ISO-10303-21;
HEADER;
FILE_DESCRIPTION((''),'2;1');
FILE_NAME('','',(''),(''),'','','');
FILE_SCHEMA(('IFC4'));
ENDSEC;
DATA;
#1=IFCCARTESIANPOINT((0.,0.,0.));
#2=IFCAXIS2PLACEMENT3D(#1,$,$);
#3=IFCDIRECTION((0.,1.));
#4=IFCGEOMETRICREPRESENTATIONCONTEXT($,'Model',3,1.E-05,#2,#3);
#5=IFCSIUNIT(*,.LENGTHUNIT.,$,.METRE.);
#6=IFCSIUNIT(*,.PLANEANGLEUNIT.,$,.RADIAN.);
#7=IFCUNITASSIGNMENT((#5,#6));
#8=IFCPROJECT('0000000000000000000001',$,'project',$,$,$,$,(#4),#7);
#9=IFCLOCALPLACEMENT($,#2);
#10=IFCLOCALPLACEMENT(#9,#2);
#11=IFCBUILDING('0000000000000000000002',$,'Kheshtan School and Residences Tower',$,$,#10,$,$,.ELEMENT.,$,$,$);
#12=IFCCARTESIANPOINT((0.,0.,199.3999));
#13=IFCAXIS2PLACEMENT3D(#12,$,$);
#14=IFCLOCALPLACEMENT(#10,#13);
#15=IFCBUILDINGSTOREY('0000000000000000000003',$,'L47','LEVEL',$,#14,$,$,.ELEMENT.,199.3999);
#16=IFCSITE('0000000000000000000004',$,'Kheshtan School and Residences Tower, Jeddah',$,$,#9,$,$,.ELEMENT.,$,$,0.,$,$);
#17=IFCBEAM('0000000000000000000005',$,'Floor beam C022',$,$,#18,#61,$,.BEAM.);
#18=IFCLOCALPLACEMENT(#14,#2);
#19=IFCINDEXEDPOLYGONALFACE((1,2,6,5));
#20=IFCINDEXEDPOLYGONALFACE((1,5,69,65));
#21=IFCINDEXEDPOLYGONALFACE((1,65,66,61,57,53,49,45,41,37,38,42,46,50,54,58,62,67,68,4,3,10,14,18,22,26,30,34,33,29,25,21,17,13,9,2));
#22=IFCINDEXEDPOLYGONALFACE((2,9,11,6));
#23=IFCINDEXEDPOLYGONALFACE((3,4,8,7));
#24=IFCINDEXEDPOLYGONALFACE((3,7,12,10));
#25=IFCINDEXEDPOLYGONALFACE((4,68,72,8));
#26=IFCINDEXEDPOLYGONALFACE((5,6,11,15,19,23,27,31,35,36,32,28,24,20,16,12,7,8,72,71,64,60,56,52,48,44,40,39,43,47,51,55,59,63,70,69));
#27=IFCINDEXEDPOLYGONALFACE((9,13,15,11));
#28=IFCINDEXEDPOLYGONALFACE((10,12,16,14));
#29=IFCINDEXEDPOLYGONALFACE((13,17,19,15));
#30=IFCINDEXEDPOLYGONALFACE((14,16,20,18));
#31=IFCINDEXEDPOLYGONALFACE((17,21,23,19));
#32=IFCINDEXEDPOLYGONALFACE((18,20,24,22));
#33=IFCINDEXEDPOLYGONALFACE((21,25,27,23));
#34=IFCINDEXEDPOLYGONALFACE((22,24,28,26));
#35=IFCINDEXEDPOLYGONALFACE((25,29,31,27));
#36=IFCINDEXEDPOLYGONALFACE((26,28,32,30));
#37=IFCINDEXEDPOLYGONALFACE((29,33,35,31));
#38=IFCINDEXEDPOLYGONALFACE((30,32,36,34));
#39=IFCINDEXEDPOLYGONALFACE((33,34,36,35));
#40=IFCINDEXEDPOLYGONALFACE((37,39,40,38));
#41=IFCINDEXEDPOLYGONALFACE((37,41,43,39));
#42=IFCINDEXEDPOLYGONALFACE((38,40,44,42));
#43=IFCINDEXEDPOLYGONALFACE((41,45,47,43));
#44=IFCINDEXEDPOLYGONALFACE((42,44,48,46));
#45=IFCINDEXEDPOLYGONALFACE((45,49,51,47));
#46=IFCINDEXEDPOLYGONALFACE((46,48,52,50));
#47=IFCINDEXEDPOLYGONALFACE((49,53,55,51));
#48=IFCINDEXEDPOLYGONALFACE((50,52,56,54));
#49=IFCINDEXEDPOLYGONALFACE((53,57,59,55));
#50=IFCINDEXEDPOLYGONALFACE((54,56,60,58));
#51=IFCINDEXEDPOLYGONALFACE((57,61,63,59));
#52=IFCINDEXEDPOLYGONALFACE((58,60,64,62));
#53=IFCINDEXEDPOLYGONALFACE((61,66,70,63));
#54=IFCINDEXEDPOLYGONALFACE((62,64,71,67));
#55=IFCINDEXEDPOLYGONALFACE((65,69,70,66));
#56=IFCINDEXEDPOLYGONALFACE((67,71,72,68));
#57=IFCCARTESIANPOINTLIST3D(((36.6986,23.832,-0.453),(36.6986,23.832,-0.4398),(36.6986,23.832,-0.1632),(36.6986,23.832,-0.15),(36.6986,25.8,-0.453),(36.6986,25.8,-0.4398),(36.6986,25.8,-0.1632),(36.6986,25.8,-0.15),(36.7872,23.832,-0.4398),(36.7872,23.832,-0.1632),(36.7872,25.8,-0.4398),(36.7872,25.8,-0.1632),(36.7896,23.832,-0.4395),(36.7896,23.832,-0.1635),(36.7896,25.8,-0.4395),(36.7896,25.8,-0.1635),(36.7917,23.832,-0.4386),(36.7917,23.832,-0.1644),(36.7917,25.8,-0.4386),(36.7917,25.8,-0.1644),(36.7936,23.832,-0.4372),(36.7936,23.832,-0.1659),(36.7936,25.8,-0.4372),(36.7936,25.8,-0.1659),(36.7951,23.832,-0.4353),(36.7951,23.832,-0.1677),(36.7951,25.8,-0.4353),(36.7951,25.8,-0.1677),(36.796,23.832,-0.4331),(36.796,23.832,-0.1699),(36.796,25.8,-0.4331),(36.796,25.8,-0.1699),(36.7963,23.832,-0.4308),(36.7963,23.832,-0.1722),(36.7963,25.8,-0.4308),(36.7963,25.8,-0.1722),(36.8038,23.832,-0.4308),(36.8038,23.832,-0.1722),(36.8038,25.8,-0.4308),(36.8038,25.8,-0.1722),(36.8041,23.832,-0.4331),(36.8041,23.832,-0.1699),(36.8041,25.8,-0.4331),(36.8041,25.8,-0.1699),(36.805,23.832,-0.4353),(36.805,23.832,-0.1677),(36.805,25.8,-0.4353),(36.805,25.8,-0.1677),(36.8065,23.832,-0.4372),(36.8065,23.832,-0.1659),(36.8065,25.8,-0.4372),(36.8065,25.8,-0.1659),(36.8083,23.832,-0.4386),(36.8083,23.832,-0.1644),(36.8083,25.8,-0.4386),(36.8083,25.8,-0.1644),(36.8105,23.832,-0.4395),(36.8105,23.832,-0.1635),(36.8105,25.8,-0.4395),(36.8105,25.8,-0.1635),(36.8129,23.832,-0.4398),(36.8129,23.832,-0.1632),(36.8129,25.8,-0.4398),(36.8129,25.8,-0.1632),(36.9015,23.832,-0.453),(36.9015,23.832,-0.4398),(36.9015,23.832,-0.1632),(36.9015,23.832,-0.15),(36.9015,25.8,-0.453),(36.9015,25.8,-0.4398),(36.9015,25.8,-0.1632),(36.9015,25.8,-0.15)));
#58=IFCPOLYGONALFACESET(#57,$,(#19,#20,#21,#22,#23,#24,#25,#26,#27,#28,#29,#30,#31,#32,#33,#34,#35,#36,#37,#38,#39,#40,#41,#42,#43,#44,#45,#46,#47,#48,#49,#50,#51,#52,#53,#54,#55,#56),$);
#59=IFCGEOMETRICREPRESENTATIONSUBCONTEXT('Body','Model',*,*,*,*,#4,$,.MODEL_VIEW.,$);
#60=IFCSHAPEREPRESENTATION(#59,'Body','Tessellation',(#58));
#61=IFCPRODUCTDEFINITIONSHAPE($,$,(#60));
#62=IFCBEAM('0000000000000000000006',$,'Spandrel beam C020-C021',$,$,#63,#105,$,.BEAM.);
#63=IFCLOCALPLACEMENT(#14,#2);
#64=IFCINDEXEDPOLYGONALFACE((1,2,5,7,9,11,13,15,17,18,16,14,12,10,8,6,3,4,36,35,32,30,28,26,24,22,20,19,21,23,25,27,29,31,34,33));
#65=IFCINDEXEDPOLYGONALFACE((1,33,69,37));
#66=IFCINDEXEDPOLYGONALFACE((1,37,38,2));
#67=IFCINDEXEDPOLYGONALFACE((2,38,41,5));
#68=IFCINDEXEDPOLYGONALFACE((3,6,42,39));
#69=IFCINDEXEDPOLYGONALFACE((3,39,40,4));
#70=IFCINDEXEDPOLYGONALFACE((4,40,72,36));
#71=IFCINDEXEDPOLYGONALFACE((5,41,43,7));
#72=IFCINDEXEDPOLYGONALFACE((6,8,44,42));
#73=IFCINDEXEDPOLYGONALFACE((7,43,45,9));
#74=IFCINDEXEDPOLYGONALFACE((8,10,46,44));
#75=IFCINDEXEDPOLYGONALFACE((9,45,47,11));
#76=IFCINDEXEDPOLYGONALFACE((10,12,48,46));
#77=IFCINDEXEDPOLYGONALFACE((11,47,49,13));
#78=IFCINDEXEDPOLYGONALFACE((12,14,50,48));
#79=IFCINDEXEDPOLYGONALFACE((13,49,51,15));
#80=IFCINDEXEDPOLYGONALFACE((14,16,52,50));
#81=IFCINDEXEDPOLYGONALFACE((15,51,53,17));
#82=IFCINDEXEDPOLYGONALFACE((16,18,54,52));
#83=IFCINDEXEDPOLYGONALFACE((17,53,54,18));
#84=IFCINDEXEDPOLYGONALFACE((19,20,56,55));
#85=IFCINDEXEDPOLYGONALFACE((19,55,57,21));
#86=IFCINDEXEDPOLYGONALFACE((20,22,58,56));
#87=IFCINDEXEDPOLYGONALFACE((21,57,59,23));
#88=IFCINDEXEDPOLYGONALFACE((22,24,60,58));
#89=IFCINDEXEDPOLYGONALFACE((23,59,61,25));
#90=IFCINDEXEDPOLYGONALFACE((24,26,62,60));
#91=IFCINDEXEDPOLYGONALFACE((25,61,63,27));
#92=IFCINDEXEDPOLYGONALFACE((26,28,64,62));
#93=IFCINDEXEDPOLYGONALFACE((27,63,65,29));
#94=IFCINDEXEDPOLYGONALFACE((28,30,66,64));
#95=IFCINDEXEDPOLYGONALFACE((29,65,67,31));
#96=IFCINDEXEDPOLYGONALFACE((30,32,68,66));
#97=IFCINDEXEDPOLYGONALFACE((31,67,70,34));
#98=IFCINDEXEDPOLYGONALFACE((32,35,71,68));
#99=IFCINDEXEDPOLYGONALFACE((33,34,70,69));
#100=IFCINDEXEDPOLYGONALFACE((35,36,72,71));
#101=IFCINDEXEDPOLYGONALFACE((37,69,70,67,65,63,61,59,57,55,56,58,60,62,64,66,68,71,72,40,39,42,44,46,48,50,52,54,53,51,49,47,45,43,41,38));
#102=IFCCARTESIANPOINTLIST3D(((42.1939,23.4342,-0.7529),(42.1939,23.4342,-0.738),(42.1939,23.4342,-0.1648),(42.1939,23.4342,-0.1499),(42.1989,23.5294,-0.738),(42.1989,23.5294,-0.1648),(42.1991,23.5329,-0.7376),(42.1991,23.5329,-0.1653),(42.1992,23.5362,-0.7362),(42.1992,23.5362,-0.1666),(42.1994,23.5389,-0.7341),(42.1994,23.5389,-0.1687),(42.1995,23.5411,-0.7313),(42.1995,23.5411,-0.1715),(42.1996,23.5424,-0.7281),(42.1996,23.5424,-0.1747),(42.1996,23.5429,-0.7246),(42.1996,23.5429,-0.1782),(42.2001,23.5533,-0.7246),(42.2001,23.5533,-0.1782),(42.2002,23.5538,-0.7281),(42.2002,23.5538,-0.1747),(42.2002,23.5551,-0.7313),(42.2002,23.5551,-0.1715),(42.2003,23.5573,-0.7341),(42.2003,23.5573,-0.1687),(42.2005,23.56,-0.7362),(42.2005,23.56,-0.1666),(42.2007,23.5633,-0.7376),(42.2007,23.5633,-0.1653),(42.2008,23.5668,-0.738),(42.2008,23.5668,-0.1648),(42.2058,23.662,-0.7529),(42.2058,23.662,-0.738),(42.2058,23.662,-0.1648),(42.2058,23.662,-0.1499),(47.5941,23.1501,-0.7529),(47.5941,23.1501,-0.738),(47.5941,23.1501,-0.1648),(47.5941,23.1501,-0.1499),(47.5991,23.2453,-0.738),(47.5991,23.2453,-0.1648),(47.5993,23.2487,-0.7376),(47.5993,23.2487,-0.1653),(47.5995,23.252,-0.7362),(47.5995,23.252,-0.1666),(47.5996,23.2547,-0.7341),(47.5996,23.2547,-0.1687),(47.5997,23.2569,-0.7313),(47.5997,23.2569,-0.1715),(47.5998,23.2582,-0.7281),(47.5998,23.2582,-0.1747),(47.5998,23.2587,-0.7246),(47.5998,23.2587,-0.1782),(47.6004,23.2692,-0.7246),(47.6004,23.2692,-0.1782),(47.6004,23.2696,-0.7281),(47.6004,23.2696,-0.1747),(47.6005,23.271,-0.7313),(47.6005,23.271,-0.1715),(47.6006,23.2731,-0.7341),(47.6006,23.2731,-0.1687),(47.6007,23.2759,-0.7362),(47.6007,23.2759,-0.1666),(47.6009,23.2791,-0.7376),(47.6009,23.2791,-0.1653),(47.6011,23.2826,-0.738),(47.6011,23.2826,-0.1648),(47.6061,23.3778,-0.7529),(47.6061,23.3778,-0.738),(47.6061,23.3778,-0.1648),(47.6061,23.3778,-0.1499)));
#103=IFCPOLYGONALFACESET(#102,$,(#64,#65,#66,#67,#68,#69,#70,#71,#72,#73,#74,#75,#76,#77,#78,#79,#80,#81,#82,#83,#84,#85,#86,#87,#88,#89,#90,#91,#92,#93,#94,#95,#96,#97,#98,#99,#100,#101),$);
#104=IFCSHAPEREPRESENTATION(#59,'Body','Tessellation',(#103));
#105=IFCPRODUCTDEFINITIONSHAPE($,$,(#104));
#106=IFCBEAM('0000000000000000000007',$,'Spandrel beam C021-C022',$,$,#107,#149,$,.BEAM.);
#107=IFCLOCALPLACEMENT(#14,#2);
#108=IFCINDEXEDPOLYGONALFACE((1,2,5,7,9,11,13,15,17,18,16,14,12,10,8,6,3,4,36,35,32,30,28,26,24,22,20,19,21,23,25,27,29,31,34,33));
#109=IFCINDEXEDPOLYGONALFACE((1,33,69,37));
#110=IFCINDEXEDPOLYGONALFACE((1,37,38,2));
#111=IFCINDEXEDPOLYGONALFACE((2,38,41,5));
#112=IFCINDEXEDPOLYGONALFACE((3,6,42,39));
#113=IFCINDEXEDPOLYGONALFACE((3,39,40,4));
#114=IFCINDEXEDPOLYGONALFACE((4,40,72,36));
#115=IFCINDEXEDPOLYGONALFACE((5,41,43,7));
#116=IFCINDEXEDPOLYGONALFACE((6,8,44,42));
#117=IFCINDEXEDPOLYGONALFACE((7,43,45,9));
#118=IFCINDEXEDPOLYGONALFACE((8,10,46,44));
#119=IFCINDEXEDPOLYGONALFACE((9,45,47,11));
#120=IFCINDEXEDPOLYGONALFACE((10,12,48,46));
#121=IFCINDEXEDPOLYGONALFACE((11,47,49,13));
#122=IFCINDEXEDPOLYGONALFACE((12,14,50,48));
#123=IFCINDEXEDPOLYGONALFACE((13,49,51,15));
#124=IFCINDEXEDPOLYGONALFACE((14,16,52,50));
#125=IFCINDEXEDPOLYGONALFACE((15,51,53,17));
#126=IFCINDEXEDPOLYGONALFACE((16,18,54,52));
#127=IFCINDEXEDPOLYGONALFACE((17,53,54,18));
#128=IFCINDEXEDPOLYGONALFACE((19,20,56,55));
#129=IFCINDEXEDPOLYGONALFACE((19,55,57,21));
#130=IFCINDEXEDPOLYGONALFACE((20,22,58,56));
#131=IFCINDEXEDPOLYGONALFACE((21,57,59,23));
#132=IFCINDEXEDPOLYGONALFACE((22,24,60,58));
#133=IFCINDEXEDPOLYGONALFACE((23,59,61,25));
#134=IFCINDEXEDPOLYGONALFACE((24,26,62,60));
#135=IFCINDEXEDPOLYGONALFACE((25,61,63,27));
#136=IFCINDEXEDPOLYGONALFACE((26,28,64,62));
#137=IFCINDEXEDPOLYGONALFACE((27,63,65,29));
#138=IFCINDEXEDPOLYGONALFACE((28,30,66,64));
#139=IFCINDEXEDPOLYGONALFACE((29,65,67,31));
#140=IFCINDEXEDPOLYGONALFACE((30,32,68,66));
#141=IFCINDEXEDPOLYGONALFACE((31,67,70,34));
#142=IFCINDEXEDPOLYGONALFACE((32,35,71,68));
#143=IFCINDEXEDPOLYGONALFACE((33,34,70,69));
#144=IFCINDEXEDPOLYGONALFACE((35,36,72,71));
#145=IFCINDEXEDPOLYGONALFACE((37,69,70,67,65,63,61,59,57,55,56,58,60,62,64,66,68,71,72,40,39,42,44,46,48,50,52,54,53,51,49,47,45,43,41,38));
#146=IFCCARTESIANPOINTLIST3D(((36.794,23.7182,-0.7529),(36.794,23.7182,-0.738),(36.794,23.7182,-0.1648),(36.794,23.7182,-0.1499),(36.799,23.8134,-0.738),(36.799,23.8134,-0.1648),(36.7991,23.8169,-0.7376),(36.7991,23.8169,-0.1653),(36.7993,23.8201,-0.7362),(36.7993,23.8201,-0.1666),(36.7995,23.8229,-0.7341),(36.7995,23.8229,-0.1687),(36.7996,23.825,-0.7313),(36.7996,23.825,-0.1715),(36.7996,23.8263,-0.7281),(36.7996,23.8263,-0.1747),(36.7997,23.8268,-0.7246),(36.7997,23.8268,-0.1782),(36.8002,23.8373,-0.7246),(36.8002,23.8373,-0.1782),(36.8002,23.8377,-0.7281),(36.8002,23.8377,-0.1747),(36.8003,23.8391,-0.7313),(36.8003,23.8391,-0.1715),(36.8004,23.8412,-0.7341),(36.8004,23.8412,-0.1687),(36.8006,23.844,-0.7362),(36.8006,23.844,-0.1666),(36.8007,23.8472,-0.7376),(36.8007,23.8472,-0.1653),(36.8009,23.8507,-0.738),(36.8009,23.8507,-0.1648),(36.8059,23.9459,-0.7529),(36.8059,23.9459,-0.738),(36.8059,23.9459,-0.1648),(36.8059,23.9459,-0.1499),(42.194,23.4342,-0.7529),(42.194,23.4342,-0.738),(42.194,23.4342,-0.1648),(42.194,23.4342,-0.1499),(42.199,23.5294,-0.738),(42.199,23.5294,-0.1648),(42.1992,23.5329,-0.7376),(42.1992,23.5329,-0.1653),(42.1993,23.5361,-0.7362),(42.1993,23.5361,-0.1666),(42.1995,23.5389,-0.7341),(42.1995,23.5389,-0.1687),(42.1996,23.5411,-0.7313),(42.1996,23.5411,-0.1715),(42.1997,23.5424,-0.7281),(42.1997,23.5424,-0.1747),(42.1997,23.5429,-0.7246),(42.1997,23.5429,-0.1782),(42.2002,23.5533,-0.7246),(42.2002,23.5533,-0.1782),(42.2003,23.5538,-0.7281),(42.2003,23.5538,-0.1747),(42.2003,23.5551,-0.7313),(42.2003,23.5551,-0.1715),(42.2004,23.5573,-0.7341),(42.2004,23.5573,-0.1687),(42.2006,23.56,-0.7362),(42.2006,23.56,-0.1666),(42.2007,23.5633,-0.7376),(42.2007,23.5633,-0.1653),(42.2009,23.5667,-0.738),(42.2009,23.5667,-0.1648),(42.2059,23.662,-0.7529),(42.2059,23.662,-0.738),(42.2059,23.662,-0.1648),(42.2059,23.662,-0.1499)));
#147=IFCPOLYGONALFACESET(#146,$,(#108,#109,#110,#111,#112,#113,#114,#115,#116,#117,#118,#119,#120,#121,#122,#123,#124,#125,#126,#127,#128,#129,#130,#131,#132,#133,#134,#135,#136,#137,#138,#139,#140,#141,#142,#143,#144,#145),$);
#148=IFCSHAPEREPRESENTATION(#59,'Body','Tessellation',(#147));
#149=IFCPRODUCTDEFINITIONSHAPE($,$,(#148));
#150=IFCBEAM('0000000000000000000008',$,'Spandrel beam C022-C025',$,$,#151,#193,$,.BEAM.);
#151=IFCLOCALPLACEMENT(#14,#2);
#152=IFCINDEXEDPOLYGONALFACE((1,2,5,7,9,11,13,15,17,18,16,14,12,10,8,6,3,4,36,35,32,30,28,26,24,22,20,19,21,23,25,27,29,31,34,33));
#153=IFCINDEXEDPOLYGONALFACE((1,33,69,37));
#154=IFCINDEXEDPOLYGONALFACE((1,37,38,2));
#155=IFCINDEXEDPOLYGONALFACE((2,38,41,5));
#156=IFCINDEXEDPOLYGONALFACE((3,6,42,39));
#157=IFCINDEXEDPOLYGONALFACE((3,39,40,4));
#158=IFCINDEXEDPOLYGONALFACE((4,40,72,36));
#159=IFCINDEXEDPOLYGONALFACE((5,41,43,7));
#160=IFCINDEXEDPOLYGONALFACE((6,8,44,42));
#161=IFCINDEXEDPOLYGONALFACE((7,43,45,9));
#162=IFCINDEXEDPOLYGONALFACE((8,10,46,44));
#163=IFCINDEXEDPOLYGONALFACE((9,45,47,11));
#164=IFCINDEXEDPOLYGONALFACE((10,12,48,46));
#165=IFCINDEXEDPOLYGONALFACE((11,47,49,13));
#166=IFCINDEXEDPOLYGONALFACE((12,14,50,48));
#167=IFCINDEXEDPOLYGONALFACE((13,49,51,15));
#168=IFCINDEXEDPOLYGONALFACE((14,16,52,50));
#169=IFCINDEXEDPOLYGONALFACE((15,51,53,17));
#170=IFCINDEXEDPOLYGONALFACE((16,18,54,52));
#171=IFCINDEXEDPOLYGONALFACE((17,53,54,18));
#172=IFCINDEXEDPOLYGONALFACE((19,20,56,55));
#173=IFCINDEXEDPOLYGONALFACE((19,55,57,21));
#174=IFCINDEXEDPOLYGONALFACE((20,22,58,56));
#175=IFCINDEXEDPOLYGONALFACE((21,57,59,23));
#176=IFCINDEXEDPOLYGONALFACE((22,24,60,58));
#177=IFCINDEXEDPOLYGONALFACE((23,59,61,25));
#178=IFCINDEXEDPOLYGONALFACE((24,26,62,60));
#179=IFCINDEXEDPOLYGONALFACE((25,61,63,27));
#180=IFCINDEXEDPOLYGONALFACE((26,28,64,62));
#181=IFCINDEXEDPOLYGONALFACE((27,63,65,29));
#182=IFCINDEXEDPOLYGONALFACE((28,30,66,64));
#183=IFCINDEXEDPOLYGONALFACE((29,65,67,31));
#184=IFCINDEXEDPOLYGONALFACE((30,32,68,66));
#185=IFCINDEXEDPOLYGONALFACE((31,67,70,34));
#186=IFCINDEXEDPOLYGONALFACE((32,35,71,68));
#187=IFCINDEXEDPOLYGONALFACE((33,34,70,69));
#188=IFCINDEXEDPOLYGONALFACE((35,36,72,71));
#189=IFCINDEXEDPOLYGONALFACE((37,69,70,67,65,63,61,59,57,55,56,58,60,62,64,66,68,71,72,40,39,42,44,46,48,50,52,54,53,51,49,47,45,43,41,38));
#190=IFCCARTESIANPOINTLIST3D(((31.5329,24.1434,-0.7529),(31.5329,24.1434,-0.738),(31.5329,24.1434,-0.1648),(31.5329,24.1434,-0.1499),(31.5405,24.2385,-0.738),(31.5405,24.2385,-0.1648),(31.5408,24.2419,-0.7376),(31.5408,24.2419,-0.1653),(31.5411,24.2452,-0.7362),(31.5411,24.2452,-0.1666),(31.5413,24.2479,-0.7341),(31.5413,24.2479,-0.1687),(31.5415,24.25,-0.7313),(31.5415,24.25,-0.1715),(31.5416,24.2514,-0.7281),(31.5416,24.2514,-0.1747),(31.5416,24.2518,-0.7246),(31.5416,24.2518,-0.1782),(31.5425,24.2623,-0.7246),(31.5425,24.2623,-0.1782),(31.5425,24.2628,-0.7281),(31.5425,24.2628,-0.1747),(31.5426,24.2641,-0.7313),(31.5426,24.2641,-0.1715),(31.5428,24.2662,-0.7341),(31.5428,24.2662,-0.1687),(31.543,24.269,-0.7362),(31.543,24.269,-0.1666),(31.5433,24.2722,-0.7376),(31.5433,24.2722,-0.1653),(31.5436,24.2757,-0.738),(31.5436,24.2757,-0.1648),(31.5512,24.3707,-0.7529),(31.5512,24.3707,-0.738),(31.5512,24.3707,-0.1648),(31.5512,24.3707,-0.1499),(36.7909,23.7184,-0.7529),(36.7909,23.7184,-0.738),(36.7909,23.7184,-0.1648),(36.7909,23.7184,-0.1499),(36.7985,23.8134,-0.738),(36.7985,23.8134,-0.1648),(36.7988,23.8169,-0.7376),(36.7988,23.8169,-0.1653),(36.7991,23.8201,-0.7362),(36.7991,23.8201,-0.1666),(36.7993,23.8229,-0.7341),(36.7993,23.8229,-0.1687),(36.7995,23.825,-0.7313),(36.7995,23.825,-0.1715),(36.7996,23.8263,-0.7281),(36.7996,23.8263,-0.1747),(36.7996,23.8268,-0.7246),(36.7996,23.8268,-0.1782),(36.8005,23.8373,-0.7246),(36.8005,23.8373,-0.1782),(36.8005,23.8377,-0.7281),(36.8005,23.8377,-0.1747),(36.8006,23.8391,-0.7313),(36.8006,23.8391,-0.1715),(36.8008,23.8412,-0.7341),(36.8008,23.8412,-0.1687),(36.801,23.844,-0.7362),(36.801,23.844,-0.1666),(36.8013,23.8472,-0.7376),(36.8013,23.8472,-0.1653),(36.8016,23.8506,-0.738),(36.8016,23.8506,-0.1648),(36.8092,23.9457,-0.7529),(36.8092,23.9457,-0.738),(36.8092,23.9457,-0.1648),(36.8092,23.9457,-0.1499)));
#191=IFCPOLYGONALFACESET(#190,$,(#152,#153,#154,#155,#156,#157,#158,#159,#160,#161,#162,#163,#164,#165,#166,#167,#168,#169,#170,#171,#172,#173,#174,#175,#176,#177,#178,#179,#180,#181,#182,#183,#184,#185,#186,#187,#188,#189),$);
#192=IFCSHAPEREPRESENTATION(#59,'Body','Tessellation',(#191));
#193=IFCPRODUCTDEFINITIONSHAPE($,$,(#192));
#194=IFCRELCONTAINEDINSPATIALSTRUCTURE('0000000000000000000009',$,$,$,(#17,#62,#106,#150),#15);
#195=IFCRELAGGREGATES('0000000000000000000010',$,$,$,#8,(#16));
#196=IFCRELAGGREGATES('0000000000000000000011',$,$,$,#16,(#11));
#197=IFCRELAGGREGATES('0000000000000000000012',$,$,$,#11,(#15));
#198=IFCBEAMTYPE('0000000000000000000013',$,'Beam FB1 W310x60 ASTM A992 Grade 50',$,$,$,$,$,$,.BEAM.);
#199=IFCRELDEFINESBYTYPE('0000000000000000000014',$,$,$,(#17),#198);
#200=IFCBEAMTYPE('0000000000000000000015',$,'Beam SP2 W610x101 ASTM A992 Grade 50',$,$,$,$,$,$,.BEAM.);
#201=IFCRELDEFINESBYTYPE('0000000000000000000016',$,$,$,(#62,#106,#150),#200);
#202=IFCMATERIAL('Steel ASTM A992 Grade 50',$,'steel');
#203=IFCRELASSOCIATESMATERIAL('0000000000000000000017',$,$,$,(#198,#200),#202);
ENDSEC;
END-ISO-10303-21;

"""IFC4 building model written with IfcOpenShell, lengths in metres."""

from ifc_helpers import new_model, si_unit, direction, frame, origin, origin_2d, place, context, subcontext, project, spatial, i_section, extrude, material, material_profile, profile_set, type_object, element, save


model = new_model("IFC4")

# Units and contexts
model_context = context("Model", 3, precision=1e-05, world=origin(), true_north=direction((0.0, 1.0)))
body_context = subcontext(model_context, "Body", "Model", "MODEL_VIEW")
ifc_project = project(units=[si_unit("LENGTHUNIT", "METRE"), si_unit("PLANEANGLEUNIT", "RADIAN")], contexts=[model_context])

# Site, building, storey
site_placement = place(None, origin())
site = spatial("IfcSite", under=ifc_project, at=site_placement, Name="Kheshtan School and Residences Tower, Jeddah", CompositionType="ELEMENT", RefElevation=0.0)
building_placement = place(site_placement, origin())
building = spatial("IfcBuilding", under=site, at=building_placement, Name="Kheshtan School and Residences Tower", CompositionType="ELEMENT")
storey_placement = place(building_placement, frame((0.0, 0.0, 199.3999)))
storey = spatial("IfcBuildingStorey", under=building, at=storey_placement, Name="L47", Description="LEVEL", CompositionType="ELEMENT", Elevation=199.3999)

# Shared definitions
ifc_material_1 = material(Name="Steel ASTM A992 Grade 50", Category="steel")

# Beams
ifc_material_profile_1 = material_profile(ifc_material_1, i_section(OverallWidth=0.2029, OverallDepth=0.303, WebThickness=0.0076, FlangeThickness=0.0132, FilletRadius=0.009, at=origin_2d()), Name="W310x60")
ifc_profile_set_1 = profile_set([ifc_material_profile_1], Name="Steel ASTM A992 Grade 50")
beam_type_1 = type_object("IfcBeamType", Name="Beam FB1 W310x60 ASTM A992 Grade 50", PredefinedType="BEAM", material=ifc_profile_set_1)
beam_1_placement = place(storey_placement, frame((36.8, 23.832, -0.3015), z_axis=(0.0, 1.0, 0.0), x_axis=(-1.0, 0.0, 0.0)))
element("IfcBeam", 1, at=beam_1_placement, inside=storey, type_object=beam_type_1, Name="Floor beam C022", PredefinedType="BEAM", context=body_context, shape_type="SweptSolid", body=[
    extrude(i_section(OverallWidth=0.2029, OverallDepth=0.303, WebThickness=0.0076, FlangeThickness=0.0132, FilletRadius=0.009, at=origin_2d()), origin(), (0.0, 0.0, 1.0), 1.968),
])
ifc_material_profile_2 = material_profile(ifc_material_1, i_section(OverallWidth=0.228, OverallDepth=0.603, WebThickness=0.0105, FlangeThickness=0.0149, FilletRadius=0.0134, at=origin_2d()), Name="W610x101")
ifc_profile_set_2 = profile_set([ifc_material_profile_2], Name="Steel ASTM A992 Grade 50")
beam_type_2 = type_object("IfcBeamType", Name="Beam SP2 W610x101 ASTM A992 Grade 50", PredefinedType="BEAM", material=ifc_profile_set_2)
beam_2_placement = place(storey_placement, frame((47.6001, 23.2639, -0.4514), z_axis=(-0.998618, 0.052552, 0.0), x_axis=(-0.052552, -0.998618, 0.0)))
element("IfcBeam", 2, at=beam_2_placement, inside=storey, type_object=beam_type_2, Name="Spandrel beam C020-C021", PredefinedType="BEAM", context=body_context, shape_type="SweptSolid", body=[
    extrude(i_section(OverallWidth=0.228, OverallDepth=0.603, WebThickness=0.0105, FlangeThickness=0.0149, FilletRadius=0.0134, at=origin_2d()), origin(), (0.0, 0.0, 1.0), 5.4077),
])
beam_3_placement = place(storey_placement, frame((42.2, 23.5481, -0.4514), z_axis=(-0.99862, 0.052509, 0.0), x_axis=(-0.052509, -0.99862, 0.0)))
element("IfcBeam", 3, at=beam_3_placement, inside=storey, type_object=beam_type_2, Name="Spandrel beam C021-C022", PredefinedType="BEAM", context=body_context, shape_type="SweptSolid", body=[
    extrude(i_section(OverallWidth=0.228, OverallDepth=0.603, WebThickness=0.0105, FlangeThickness=0.0149, FilletRadius=0.0134, at=origin_2d()), origin(), (0.0, 0.0, 1.0), 5.4075),
])
beam_4_placement = place(storey_placement, frame((36.8, 23.832, -0.4514), z_axis=(-0.996749, 0.080575, 0.0), x_axis=(-0.080575, -0.996749, 0.0)))
element("IfcBeam", 4, at=beam_4_placement, inside=storey, type_object=beam_type_2, Name="Spandrel beam C022-C025", PredefinedType="BEAM", context=body_context, shape_type="SweptSolid", body=[
    extrude(i_section(OverallWidth=0.228, OverallDepth=0.603, WebThickness=0.0105, FlangeThickness=0.0149, FilletRadius=0.0134, at=origin_2d()), origin(), (0.0, 0.0, 1.0), 5.2751),
])

save(model, "model.ifc")
